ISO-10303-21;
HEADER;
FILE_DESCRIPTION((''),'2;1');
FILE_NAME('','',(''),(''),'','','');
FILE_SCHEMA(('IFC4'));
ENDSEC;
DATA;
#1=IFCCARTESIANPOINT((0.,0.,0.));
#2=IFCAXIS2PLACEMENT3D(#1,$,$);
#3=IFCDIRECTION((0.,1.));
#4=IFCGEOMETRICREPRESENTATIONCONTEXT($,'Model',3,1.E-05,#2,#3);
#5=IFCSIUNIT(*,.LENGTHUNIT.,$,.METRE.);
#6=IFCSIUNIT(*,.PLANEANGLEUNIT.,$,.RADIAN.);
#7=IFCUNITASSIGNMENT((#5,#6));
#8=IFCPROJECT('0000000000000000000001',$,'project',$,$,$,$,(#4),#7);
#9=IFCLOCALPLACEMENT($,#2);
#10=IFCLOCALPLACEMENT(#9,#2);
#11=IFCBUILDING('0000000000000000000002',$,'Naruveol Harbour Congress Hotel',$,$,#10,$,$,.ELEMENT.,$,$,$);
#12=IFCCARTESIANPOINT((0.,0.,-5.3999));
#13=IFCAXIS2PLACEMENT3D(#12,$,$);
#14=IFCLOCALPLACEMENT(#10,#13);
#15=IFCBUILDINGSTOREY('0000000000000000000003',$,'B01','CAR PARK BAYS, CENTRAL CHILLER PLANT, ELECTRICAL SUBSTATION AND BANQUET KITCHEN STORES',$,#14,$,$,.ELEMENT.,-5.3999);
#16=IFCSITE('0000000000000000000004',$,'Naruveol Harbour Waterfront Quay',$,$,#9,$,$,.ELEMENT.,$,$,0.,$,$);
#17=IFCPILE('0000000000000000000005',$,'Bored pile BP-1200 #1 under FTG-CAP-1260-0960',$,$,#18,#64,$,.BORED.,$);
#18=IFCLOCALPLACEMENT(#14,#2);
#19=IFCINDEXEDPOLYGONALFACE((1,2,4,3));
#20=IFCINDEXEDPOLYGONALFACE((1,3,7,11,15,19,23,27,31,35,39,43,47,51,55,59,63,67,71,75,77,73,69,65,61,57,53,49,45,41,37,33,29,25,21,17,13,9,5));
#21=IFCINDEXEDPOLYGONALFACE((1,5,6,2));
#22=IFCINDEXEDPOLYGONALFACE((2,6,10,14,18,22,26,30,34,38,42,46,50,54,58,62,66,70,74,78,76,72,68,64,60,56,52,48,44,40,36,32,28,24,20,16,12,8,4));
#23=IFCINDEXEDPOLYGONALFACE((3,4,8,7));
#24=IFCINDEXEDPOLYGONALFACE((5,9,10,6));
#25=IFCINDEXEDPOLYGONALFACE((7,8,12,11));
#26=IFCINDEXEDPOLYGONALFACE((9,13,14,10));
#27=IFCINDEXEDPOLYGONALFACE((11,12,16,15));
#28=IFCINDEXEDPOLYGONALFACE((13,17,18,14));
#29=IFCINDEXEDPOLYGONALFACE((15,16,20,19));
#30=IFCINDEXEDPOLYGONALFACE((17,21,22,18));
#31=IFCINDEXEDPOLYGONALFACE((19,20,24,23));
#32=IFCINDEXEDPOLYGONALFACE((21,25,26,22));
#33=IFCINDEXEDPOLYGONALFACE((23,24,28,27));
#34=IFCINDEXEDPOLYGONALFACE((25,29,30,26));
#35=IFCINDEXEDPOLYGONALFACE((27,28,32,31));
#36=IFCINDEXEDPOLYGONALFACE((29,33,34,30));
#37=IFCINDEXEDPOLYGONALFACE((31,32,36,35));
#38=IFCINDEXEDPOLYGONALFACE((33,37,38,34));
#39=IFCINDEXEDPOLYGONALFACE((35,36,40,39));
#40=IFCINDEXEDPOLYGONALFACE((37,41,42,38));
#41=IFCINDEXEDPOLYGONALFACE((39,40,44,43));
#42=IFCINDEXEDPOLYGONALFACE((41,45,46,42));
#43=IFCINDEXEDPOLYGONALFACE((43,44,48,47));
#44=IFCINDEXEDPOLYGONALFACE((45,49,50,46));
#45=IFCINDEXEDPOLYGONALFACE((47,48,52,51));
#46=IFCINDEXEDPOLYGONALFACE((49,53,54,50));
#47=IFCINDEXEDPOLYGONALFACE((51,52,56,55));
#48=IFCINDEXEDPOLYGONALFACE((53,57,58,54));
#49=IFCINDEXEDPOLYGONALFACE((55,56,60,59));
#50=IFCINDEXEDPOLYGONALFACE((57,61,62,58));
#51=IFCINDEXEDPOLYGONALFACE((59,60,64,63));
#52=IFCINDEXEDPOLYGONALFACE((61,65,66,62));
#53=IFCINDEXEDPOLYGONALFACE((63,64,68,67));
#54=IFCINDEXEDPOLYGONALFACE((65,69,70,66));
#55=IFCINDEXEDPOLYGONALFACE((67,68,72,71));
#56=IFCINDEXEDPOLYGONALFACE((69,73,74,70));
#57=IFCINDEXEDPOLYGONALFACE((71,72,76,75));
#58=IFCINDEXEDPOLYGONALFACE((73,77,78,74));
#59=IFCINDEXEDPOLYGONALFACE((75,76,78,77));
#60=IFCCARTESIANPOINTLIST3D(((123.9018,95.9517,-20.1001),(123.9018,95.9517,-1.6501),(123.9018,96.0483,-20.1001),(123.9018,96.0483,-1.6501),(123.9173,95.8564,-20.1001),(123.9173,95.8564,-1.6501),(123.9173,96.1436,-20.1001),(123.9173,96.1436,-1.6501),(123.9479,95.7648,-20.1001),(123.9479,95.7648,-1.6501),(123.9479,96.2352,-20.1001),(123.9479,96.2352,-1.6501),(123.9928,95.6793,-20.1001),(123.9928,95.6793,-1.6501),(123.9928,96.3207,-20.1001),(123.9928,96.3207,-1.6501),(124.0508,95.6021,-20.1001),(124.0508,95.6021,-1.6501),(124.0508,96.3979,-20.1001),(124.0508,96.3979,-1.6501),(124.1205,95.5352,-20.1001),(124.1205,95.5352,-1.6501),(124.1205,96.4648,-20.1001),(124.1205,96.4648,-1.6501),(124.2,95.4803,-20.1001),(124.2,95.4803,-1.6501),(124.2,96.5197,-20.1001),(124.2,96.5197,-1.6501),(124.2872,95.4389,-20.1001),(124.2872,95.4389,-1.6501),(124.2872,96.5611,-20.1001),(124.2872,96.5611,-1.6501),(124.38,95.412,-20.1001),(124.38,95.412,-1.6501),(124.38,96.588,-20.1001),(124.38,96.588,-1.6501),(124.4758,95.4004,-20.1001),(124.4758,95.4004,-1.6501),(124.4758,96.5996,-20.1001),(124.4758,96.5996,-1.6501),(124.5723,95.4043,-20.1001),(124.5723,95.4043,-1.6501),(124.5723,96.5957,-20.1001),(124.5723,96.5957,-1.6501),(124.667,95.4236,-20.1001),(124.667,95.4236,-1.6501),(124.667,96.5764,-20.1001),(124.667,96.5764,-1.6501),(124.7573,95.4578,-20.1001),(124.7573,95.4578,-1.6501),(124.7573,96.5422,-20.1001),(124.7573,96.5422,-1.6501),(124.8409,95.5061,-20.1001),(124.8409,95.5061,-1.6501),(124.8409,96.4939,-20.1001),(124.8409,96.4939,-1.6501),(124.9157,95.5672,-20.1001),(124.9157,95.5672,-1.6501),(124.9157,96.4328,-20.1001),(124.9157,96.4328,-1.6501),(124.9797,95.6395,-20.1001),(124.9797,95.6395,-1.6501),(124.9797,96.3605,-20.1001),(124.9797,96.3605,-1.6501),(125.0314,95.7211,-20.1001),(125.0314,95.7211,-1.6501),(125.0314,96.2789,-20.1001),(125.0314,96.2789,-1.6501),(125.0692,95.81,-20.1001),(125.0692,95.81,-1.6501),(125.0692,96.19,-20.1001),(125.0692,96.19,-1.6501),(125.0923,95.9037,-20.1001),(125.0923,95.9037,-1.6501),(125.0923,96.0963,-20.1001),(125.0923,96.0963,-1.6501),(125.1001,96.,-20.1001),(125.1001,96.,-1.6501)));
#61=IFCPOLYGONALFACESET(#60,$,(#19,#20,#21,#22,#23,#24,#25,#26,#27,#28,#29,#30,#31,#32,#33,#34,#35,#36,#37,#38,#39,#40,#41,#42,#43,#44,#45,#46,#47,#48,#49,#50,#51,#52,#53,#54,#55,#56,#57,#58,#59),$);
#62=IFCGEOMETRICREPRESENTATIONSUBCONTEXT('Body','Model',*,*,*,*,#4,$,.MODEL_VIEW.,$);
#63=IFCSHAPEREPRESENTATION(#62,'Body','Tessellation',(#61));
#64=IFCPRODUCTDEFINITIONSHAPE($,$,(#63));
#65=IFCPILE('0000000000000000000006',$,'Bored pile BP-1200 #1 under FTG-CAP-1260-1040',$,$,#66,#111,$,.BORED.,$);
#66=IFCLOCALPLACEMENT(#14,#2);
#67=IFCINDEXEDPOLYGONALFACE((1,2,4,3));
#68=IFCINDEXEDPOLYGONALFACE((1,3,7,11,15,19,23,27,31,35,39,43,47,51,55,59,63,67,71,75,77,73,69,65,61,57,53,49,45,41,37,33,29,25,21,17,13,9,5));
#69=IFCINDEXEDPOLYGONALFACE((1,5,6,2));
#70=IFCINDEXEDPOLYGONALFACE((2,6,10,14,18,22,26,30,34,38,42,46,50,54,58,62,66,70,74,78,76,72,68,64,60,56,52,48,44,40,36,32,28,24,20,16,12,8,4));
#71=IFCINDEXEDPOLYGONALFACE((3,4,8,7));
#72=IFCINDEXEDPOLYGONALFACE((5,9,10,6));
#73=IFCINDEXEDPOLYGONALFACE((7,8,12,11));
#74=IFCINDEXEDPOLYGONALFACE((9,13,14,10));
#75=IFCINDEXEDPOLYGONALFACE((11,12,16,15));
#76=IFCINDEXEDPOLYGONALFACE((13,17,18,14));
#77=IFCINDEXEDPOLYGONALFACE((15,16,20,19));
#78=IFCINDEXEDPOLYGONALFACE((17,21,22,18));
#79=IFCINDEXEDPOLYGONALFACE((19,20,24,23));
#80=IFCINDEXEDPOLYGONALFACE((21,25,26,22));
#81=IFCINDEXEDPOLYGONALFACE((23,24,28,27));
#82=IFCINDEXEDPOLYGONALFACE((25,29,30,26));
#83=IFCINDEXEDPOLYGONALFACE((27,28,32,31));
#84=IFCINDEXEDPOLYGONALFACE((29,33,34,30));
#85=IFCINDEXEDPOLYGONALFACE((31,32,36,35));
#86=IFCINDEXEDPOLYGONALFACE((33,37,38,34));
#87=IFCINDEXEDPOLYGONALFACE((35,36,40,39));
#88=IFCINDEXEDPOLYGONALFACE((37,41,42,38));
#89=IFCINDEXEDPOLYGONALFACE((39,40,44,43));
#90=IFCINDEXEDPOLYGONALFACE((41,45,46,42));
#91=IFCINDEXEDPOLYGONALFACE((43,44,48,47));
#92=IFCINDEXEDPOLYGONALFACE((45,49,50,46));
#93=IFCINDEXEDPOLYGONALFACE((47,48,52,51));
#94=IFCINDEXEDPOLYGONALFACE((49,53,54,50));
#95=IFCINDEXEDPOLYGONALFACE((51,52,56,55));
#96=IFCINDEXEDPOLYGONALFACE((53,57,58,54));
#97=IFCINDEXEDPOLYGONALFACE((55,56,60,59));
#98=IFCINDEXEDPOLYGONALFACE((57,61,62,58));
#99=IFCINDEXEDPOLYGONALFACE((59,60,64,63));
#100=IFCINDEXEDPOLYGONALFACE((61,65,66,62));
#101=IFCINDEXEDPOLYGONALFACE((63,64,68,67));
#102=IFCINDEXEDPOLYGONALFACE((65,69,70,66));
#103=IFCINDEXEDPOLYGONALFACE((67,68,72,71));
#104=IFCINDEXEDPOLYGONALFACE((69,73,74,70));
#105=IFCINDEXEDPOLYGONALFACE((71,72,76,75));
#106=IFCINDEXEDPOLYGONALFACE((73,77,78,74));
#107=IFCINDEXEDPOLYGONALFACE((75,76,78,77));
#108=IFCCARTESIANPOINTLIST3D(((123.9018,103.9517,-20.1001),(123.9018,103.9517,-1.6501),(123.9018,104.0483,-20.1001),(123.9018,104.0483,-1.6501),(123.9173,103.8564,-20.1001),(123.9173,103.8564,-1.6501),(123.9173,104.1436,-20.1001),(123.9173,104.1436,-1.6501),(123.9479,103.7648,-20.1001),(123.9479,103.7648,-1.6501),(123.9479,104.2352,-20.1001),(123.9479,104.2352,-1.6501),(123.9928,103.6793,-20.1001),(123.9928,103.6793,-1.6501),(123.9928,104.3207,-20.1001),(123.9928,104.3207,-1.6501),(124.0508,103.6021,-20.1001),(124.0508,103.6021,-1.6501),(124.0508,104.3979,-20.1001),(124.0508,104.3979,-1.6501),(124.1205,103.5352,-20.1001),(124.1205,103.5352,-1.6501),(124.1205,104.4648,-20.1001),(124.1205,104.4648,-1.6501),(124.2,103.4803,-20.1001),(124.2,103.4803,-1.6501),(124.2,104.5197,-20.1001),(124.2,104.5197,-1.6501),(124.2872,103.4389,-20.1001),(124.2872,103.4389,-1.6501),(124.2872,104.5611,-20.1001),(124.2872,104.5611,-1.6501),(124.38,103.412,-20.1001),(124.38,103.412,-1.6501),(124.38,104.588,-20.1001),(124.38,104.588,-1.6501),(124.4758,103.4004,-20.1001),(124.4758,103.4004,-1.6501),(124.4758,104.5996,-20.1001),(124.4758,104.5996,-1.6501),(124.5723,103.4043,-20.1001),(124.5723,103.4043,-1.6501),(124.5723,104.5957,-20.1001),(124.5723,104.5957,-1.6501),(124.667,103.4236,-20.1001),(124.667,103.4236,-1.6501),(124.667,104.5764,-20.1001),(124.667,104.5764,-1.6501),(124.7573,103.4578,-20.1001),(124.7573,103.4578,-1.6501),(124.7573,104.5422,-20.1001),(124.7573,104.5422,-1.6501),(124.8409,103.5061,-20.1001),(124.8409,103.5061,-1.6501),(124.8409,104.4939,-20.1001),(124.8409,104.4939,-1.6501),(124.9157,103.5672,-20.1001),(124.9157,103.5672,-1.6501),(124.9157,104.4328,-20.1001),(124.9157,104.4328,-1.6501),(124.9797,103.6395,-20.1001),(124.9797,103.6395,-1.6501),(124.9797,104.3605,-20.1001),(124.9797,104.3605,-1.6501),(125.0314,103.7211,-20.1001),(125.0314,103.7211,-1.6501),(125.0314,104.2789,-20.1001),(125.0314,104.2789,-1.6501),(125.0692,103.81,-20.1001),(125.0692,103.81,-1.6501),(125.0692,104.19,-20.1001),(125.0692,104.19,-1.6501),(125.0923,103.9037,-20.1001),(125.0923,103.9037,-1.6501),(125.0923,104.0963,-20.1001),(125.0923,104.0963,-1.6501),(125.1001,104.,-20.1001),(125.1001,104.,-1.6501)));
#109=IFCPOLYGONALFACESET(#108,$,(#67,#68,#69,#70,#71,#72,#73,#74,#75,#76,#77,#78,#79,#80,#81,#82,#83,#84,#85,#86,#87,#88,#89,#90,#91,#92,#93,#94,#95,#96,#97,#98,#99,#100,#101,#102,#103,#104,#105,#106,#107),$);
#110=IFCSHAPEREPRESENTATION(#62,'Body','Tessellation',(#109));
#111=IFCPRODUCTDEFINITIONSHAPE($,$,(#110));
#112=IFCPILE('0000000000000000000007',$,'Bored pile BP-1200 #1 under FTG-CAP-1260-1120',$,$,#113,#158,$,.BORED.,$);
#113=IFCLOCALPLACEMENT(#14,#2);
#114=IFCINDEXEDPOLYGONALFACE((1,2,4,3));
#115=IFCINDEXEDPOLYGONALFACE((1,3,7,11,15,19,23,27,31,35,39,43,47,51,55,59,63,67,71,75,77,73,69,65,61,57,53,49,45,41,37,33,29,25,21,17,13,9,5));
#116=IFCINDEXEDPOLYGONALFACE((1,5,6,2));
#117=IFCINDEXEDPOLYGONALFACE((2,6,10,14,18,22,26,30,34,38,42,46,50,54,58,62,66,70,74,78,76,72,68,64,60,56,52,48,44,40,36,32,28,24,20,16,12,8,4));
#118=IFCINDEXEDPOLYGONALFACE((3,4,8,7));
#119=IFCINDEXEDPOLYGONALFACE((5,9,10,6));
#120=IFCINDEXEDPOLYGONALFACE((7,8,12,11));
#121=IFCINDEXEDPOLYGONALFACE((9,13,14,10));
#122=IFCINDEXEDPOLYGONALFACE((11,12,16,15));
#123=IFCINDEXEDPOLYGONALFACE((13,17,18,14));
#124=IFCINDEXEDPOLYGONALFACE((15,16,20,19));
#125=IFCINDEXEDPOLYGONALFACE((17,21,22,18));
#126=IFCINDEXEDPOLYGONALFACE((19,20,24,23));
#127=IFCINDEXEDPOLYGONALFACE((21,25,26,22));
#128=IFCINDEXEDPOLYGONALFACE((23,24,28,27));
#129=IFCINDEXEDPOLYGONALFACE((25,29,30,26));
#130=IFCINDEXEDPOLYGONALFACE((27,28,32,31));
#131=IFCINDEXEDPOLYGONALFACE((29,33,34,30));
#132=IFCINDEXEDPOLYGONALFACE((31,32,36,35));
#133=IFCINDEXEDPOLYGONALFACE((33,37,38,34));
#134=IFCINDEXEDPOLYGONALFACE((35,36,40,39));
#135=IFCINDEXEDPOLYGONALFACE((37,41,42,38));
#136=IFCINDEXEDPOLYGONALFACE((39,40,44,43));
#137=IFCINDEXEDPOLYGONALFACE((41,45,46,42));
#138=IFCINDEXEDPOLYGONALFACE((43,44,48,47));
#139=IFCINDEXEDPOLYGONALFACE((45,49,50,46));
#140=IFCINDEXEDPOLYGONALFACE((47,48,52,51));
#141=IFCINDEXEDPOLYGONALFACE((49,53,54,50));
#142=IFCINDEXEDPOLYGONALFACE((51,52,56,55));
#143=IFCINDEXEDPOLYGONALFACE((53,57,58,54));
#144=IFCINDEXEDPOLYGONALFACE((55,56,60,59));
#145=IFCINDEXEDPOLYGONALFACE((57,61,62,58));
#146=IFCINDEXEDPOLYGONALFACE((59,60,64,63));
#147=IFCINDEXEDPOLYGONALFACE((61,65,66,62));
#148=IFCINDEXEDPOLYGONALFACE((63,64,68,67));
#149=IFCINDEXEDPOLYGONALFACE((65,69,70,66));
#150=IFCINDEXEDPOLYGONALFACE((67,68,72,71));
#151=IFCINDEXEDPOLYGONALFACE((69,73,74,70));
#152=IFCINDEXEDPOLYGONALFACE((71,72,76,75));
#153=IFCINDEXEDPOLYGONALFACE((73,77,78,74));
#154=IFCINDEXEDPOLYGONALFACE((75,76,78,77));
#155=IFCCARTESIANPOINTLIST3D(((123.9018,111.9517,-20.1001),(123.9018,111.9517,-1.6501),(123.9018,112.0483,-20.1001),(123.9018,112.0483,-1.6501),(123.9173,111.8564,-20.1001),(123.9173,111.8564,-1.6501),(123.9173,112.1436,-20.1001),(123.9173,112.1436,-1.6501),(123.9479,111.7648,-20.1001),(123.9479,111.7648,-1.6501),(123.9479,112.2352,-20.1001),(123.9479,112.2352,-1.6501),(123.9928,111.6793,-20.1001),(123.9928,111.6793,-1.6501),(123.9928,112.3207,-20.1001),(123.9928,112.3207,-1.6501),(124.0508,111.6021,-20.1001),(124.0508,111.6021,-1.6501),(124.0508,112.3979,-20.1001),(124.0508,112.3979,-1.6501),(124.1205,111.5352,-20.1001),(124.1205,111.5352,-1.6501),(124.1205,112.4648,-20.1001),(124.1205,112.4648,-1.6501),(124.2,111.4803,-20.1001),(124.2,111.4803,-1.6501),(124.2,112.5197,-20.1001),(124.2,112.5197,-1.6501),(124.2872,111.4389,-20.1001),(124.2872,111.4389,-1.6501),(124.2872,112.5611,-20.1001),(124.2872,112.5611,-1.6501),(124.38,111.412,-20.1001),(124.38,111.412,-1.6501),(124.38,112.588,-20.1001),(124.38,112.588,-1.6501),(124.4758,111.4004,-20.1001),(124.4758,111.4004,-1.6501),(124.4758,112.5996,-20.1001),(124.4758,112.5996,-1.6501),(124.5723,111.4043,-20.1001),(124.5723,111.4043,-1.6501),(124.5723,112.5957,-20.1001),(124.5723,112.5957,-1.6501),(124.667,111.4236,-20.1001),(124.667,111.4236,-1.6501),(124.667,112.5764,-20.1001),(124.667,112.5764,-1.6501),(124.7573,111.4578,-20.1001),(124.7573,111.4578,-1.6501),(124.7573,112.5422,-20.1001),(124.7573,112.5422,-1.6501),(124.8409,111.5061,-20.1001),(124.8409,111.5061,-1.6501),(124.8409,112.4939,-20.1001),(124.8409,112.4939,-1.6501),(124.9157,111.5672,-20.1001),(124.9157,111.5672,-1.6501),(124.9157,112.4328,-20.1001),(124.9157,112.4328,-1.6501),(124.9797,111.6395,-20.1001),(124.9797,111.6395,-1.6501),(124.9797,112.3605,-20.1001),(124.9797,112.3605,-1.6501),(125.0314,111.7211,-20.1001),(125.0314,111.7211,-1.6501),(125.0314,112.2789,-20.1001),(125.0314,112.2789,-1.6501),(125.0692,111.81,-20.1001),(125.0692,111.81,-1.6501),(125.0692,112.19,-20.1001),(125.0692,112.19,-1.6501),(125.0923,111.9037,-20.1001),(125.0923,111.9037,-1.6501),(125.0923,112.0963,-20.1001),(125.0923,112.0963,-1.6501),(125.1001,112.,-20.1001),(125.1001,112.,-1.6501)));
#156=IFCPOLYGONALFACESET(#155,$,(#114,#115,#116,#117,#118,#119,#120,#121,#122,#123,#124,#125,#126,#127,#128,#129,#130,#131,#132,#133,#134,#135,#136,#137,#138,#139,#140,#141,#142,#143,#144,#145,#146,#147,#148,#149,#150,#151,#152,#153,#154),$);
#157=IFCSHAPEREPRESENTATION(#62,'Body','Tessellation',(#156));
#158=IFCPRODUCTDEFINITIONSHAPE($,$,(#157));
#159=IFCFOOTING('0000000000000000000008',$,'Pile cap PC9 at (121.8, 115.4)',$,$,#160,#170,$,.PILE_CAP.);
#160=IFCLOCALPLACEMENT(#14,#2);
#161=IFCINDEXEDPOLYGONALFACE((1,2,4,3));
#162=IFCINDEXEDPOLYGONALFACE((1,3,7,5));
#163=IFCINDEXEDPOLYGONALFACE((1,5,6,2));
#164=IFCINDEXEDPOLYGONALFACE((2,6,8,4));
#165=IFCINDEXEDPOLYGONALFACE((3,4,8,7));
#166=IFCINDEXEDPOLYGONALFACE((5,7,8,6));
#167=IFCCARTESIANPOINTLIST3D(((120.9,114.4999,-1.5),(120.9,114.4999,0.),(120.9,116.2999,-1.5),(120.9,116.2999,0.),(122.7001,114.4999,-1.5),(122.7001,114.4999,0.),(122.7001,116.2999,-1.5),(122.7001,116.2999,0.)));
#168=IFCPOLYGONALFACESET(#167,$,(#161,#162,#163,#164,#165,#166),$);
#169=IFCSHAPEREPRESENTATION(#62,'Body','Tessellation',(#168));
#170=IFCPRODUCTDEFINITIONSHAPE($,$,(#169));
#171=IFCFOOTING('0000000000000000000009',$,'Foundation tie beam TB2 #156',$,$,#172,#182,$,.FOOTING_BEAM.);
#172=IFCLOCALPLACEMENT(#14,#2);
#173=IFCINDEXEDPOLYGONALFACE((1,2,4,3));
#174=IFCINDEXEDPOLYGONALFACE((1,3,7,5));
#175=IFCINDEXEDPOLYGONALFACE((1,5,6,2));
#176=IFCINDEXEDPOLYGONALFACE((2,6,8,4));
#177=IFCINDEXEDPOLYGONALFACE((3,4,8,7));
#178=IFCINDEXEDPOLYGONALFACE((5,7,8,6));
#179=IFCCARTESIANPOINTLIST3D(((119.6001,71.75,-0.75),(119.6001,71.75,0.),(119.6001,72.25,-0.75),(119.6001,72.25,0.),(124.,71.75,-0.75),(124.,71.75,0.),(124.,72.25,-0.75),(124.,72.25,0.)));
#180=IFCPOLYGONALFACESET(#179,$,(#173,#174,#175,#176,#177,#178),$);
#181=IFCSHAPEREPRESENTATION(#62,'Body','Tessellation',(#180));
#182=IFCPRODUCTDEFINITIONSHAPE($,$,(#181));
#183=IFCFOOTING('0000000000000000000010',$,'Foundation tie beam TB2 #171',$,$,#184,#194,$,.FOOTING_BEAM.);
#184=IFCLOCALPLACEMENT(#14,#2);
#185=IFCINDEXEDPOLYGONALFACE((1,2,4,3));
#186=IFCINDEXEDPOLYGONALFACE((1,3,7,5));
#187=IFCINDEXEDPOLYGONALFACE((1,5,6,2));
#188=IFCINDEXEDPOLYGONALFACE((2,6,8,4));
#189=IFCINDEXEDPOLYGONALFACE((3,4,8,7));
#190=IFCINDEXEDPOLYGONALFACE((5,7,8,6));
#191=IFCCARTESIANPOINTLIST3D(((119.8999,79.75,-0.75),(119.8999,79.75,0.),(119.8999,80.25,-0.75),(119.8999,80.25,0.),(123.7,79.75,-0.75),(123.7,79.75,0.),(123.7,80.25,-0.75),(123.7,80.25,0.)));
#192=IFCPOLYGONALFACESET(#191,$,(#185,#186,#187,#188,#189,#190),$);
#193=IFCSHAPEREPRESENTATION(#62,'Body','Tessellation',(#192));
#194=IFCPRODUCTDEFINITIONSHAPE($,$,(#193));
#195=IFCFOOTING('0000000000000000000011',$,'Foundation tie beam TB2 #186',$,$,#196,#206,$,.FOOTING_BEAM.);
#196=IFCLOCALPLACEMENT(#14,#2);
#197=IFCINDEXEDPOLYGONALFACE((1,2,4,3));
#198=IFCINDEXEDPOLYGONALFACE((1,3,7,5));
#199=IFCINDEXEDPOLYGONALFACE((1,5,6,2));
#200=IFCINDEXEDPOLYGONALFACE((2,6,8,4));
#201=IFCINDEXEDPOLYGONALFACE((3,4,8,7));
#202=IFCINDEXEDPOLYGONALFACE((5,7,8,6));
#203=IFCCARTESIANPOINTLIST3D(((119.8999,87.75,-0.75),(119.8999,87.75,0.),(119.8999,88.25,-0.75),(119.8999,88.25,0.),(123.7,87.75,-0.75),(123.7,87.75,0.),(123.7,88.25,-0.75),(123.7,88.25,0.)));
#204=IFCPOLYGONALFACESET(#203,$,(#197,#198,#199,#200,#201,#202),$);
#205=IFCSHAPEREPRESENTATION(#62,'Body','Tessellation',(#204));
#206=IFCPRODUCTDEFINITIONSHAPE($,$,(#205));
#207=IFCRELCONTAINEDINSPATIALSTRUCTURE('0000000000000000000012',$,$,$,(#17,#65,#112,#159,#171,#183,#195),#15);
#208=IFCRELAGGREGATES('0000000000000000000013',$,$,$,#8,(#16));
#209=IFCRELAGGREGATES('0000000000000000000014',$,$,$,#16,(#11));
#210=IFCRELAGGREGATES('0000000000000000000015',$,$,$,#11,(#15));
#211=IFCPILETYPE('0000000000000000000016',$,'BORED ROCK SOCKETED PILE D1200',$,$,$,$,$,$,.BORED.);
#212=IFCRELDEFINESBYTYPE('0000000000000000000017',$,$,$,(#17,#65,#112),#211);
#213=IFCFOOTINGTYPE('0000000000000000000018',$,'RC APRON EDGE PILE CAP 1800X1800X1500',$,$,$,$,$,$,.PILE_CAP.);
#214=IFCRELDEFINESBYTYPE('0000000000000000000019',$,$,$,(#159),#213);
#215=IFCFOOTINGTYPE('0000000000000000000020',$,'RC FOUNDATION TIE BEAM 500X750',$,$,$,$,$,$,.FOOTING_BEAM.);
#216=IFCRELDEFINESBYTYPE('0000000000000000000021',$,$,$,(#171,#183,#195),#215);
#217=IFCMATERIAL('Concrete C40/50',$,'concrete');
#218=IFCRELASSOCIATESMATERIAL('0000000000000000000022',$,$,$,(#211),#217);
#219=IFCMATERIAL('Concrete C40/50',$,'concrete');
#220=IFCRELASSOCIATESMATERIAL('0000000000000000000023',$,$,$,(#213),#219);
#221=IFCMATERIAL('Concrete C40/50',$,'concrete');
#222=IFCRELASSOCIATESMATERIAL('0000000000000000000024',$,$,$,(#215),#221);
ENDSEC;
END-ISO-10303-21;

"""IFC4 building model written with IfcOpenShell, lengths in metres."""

from ifc_helpers import new_model, si_unit, direction, frame, origin, origin_2d, place, context, subcontext, project, spatial, rectangle, circle, extrude, material, material_profile, profile_set, type_object, element, save


model = new_model("IFC4")

# Units and contexts
model_context = context("Model", 3, precision=1e-05, world=origin(), true_north=direction((0.0, 1.0)))
body_context = subcontext(model_context, "Body", "Model", "MODEL_VIEW")
ifc_project = project(units=[si_unit("LENGTHUNIT", "METRE"), si_unit("PLANEANGLEUNIT", "RADIAN")], contexts=[model_context])

# Site, building, storey
site_placement = place(None, origin())
site = spatial("IfcSite", under=ifc_project, at=site_placement, Name="Naruveol Harbour Waterfront Quay", CompositionType="ELEMENT", RefElevation=0.0)
building_placement = place(site_placement, origin())
building = spatial("IfcBuilding", under=site, at=building_placement, Name="Naruveol Harbour Congress Hotel", CompositionType="ELEMENT")
storey_placement = place(building_placement, frame((0.0, 0.0, -5.3999)))
storey = spatial("IfcBuildingStorey", under=building, at=storey_placement, Name="B01", Description="CAR PARK BAYS, CENTRAL CHILLER PLANT, ELECTRICAL SUBSTATION AND BANQUET KITCHEN STORES", CompositionType="ELEMENT", Elevation=-5.3999)

# Piles
ifc_material_1 = material(Name="Concrete C40/50", Category="concrete")
ifc_material_profile_1 = material_profile(ifc_material_1, circle(Radius=0.6001, at=origin_2d()), Name="BP-1200")
ifc_profile_set_1 = profile_set([ifc_material_profile_1], Name="Concrete C40/50")
pile_type_1 = type_object("IfcPileType", Name="BORED ROCK SOCKETED PILE D1200", PredefinedType="BORED", material=ifc_profile_set_1)
for number, where, z_axis, x_axis, name in (
    (1, (124.5, 96.0, -1.6501), (0.0, 0.0, -1.0), (1.0, 0.0, 0.0), "Bored pile BP-1200 #1 under FTG-CAP-1260-0960"),
    (2, (124.5, 104.0, -1.6501), (0.0, 0.0, -1.0), (1.0, 0.0, 0.0), "Bored pile BP-1200 #1 under FTG-CAP-1260-1040"),
    (3, (124.5, 112.0, -1.6501), (0.0, 0.0, -1.0), (1.0, 0.0, 0.0), "Bored pile BP-1200 #1 under FTG-CAP-1260-1120"),
):
    element("IfcPile", number, at=place(storey_placement, frame(where, z_axis=z_axis, x_axis=x_axis)), inside=storey, type_object=pile_type_1, Name=name, PredefinedType="BORED", context=body_context, shape_type="SweptSolid", body=[
        extrude(circle(Radius=0.6001, at=origin_2d()), origin(), (0.0, 0.0, 1.0), 18.45),
    ])

# Footings
ifc_material_2 = material(Name="Concrete C40/50", Category="concrete")
footing_type_1 = type_object("IfcFootingType", Name="RC APRON EDGE PILE CAP 1800X1800X1500", PredefinedType="PILE_CAP", material=ifc_material_2)
footing_1_placement = place(storey_placement, frame((121.8, 115.3999, -1.5), z_axis=(0.0, 0.0, 1.0), x_axis=(1.0, 0.0, 0.0)))
element("IfcFooting", 4, at=footing_1_placement, inside=storey, type_object=footing_type_1, Name="Pile cap PC9 at (121.8, 115.4)", PredefinedType="PILE_CAP", context=body_context, shape_type="SweptSolid", body=[
    extrude(rectangle(XDim=1.8, YDim=1.8, at=origin_2d()), origin(), (0.0, 0.0, 1.0), 1.5),
])
ifc_material_3 = material(Name="Concrete C40/50", Category="concrete")
ifc_material_profile_2 = material_profile(ifc_material_3, rectangle(XDim=0.5, YDim=0.75, at=origin_2d()), Name="RCB-500x750")
ifc_profile_set_2 = profile_set([ifc_material_profile_2], Name="Concrete C40/50")
footing_type_2 = type_object("IfcFootingType", Name="RC FOUNDATION TIE BEAM 500X750", PredefinedType="FOOTING_BEAM", material=ifc_profile_set_2)
footing_2_placement = place(storey_placement, frame((119.6001, 72.0, -0.375), z_axis=(1.0, 0.0, 0.0), x_axis=(0.0, 1.0, 0.0)))
element("IfcFooting", 5, at=footing_2_placement, inside=storey, type_object=footing_type_2, Name="Foundation tie beam TB2 #156", PredefinedType="FOOTING_BEAM", context=body_context, shape_type="SweptSolid", body=[
    extrude(rectangle(XDim=0.5, YDim=0.75, at=origin_2d()), origin(), (0.0, 0.0, 1.0), 4.3999),
])
for number, where, z_axis, x_axis, name in (
    (6, (119.8999, 80.0, -0.375), (1.0, 0.0, 0.0), (0.0, 1.0, 0.0), "Foundation tie beam TB2 #171"),
    (7, (119.8999, 88.0, -0.375), (1.0, 0.0, 0.0), (0.0, 1.0, 0.0), "Foundation tie beam TB2 #186"),
):
    element("IfcFooting", number, at=place(storey_placement, frame(where, z_axis=z_axis, x_axis=x_axis)), inside=storey, type_object=footing_type_2, Name=name, PredefinedType="FOOTING_BEAM", context=body_context, shape_type="SweptSolid", body=[
        extrude(rectangle(XDim=0.5, YDim=0.75, at=origin_2d()), origin(), (0.0, 0.0, 1.0), 3.8),
    ])

save(model, "model.ifc")
